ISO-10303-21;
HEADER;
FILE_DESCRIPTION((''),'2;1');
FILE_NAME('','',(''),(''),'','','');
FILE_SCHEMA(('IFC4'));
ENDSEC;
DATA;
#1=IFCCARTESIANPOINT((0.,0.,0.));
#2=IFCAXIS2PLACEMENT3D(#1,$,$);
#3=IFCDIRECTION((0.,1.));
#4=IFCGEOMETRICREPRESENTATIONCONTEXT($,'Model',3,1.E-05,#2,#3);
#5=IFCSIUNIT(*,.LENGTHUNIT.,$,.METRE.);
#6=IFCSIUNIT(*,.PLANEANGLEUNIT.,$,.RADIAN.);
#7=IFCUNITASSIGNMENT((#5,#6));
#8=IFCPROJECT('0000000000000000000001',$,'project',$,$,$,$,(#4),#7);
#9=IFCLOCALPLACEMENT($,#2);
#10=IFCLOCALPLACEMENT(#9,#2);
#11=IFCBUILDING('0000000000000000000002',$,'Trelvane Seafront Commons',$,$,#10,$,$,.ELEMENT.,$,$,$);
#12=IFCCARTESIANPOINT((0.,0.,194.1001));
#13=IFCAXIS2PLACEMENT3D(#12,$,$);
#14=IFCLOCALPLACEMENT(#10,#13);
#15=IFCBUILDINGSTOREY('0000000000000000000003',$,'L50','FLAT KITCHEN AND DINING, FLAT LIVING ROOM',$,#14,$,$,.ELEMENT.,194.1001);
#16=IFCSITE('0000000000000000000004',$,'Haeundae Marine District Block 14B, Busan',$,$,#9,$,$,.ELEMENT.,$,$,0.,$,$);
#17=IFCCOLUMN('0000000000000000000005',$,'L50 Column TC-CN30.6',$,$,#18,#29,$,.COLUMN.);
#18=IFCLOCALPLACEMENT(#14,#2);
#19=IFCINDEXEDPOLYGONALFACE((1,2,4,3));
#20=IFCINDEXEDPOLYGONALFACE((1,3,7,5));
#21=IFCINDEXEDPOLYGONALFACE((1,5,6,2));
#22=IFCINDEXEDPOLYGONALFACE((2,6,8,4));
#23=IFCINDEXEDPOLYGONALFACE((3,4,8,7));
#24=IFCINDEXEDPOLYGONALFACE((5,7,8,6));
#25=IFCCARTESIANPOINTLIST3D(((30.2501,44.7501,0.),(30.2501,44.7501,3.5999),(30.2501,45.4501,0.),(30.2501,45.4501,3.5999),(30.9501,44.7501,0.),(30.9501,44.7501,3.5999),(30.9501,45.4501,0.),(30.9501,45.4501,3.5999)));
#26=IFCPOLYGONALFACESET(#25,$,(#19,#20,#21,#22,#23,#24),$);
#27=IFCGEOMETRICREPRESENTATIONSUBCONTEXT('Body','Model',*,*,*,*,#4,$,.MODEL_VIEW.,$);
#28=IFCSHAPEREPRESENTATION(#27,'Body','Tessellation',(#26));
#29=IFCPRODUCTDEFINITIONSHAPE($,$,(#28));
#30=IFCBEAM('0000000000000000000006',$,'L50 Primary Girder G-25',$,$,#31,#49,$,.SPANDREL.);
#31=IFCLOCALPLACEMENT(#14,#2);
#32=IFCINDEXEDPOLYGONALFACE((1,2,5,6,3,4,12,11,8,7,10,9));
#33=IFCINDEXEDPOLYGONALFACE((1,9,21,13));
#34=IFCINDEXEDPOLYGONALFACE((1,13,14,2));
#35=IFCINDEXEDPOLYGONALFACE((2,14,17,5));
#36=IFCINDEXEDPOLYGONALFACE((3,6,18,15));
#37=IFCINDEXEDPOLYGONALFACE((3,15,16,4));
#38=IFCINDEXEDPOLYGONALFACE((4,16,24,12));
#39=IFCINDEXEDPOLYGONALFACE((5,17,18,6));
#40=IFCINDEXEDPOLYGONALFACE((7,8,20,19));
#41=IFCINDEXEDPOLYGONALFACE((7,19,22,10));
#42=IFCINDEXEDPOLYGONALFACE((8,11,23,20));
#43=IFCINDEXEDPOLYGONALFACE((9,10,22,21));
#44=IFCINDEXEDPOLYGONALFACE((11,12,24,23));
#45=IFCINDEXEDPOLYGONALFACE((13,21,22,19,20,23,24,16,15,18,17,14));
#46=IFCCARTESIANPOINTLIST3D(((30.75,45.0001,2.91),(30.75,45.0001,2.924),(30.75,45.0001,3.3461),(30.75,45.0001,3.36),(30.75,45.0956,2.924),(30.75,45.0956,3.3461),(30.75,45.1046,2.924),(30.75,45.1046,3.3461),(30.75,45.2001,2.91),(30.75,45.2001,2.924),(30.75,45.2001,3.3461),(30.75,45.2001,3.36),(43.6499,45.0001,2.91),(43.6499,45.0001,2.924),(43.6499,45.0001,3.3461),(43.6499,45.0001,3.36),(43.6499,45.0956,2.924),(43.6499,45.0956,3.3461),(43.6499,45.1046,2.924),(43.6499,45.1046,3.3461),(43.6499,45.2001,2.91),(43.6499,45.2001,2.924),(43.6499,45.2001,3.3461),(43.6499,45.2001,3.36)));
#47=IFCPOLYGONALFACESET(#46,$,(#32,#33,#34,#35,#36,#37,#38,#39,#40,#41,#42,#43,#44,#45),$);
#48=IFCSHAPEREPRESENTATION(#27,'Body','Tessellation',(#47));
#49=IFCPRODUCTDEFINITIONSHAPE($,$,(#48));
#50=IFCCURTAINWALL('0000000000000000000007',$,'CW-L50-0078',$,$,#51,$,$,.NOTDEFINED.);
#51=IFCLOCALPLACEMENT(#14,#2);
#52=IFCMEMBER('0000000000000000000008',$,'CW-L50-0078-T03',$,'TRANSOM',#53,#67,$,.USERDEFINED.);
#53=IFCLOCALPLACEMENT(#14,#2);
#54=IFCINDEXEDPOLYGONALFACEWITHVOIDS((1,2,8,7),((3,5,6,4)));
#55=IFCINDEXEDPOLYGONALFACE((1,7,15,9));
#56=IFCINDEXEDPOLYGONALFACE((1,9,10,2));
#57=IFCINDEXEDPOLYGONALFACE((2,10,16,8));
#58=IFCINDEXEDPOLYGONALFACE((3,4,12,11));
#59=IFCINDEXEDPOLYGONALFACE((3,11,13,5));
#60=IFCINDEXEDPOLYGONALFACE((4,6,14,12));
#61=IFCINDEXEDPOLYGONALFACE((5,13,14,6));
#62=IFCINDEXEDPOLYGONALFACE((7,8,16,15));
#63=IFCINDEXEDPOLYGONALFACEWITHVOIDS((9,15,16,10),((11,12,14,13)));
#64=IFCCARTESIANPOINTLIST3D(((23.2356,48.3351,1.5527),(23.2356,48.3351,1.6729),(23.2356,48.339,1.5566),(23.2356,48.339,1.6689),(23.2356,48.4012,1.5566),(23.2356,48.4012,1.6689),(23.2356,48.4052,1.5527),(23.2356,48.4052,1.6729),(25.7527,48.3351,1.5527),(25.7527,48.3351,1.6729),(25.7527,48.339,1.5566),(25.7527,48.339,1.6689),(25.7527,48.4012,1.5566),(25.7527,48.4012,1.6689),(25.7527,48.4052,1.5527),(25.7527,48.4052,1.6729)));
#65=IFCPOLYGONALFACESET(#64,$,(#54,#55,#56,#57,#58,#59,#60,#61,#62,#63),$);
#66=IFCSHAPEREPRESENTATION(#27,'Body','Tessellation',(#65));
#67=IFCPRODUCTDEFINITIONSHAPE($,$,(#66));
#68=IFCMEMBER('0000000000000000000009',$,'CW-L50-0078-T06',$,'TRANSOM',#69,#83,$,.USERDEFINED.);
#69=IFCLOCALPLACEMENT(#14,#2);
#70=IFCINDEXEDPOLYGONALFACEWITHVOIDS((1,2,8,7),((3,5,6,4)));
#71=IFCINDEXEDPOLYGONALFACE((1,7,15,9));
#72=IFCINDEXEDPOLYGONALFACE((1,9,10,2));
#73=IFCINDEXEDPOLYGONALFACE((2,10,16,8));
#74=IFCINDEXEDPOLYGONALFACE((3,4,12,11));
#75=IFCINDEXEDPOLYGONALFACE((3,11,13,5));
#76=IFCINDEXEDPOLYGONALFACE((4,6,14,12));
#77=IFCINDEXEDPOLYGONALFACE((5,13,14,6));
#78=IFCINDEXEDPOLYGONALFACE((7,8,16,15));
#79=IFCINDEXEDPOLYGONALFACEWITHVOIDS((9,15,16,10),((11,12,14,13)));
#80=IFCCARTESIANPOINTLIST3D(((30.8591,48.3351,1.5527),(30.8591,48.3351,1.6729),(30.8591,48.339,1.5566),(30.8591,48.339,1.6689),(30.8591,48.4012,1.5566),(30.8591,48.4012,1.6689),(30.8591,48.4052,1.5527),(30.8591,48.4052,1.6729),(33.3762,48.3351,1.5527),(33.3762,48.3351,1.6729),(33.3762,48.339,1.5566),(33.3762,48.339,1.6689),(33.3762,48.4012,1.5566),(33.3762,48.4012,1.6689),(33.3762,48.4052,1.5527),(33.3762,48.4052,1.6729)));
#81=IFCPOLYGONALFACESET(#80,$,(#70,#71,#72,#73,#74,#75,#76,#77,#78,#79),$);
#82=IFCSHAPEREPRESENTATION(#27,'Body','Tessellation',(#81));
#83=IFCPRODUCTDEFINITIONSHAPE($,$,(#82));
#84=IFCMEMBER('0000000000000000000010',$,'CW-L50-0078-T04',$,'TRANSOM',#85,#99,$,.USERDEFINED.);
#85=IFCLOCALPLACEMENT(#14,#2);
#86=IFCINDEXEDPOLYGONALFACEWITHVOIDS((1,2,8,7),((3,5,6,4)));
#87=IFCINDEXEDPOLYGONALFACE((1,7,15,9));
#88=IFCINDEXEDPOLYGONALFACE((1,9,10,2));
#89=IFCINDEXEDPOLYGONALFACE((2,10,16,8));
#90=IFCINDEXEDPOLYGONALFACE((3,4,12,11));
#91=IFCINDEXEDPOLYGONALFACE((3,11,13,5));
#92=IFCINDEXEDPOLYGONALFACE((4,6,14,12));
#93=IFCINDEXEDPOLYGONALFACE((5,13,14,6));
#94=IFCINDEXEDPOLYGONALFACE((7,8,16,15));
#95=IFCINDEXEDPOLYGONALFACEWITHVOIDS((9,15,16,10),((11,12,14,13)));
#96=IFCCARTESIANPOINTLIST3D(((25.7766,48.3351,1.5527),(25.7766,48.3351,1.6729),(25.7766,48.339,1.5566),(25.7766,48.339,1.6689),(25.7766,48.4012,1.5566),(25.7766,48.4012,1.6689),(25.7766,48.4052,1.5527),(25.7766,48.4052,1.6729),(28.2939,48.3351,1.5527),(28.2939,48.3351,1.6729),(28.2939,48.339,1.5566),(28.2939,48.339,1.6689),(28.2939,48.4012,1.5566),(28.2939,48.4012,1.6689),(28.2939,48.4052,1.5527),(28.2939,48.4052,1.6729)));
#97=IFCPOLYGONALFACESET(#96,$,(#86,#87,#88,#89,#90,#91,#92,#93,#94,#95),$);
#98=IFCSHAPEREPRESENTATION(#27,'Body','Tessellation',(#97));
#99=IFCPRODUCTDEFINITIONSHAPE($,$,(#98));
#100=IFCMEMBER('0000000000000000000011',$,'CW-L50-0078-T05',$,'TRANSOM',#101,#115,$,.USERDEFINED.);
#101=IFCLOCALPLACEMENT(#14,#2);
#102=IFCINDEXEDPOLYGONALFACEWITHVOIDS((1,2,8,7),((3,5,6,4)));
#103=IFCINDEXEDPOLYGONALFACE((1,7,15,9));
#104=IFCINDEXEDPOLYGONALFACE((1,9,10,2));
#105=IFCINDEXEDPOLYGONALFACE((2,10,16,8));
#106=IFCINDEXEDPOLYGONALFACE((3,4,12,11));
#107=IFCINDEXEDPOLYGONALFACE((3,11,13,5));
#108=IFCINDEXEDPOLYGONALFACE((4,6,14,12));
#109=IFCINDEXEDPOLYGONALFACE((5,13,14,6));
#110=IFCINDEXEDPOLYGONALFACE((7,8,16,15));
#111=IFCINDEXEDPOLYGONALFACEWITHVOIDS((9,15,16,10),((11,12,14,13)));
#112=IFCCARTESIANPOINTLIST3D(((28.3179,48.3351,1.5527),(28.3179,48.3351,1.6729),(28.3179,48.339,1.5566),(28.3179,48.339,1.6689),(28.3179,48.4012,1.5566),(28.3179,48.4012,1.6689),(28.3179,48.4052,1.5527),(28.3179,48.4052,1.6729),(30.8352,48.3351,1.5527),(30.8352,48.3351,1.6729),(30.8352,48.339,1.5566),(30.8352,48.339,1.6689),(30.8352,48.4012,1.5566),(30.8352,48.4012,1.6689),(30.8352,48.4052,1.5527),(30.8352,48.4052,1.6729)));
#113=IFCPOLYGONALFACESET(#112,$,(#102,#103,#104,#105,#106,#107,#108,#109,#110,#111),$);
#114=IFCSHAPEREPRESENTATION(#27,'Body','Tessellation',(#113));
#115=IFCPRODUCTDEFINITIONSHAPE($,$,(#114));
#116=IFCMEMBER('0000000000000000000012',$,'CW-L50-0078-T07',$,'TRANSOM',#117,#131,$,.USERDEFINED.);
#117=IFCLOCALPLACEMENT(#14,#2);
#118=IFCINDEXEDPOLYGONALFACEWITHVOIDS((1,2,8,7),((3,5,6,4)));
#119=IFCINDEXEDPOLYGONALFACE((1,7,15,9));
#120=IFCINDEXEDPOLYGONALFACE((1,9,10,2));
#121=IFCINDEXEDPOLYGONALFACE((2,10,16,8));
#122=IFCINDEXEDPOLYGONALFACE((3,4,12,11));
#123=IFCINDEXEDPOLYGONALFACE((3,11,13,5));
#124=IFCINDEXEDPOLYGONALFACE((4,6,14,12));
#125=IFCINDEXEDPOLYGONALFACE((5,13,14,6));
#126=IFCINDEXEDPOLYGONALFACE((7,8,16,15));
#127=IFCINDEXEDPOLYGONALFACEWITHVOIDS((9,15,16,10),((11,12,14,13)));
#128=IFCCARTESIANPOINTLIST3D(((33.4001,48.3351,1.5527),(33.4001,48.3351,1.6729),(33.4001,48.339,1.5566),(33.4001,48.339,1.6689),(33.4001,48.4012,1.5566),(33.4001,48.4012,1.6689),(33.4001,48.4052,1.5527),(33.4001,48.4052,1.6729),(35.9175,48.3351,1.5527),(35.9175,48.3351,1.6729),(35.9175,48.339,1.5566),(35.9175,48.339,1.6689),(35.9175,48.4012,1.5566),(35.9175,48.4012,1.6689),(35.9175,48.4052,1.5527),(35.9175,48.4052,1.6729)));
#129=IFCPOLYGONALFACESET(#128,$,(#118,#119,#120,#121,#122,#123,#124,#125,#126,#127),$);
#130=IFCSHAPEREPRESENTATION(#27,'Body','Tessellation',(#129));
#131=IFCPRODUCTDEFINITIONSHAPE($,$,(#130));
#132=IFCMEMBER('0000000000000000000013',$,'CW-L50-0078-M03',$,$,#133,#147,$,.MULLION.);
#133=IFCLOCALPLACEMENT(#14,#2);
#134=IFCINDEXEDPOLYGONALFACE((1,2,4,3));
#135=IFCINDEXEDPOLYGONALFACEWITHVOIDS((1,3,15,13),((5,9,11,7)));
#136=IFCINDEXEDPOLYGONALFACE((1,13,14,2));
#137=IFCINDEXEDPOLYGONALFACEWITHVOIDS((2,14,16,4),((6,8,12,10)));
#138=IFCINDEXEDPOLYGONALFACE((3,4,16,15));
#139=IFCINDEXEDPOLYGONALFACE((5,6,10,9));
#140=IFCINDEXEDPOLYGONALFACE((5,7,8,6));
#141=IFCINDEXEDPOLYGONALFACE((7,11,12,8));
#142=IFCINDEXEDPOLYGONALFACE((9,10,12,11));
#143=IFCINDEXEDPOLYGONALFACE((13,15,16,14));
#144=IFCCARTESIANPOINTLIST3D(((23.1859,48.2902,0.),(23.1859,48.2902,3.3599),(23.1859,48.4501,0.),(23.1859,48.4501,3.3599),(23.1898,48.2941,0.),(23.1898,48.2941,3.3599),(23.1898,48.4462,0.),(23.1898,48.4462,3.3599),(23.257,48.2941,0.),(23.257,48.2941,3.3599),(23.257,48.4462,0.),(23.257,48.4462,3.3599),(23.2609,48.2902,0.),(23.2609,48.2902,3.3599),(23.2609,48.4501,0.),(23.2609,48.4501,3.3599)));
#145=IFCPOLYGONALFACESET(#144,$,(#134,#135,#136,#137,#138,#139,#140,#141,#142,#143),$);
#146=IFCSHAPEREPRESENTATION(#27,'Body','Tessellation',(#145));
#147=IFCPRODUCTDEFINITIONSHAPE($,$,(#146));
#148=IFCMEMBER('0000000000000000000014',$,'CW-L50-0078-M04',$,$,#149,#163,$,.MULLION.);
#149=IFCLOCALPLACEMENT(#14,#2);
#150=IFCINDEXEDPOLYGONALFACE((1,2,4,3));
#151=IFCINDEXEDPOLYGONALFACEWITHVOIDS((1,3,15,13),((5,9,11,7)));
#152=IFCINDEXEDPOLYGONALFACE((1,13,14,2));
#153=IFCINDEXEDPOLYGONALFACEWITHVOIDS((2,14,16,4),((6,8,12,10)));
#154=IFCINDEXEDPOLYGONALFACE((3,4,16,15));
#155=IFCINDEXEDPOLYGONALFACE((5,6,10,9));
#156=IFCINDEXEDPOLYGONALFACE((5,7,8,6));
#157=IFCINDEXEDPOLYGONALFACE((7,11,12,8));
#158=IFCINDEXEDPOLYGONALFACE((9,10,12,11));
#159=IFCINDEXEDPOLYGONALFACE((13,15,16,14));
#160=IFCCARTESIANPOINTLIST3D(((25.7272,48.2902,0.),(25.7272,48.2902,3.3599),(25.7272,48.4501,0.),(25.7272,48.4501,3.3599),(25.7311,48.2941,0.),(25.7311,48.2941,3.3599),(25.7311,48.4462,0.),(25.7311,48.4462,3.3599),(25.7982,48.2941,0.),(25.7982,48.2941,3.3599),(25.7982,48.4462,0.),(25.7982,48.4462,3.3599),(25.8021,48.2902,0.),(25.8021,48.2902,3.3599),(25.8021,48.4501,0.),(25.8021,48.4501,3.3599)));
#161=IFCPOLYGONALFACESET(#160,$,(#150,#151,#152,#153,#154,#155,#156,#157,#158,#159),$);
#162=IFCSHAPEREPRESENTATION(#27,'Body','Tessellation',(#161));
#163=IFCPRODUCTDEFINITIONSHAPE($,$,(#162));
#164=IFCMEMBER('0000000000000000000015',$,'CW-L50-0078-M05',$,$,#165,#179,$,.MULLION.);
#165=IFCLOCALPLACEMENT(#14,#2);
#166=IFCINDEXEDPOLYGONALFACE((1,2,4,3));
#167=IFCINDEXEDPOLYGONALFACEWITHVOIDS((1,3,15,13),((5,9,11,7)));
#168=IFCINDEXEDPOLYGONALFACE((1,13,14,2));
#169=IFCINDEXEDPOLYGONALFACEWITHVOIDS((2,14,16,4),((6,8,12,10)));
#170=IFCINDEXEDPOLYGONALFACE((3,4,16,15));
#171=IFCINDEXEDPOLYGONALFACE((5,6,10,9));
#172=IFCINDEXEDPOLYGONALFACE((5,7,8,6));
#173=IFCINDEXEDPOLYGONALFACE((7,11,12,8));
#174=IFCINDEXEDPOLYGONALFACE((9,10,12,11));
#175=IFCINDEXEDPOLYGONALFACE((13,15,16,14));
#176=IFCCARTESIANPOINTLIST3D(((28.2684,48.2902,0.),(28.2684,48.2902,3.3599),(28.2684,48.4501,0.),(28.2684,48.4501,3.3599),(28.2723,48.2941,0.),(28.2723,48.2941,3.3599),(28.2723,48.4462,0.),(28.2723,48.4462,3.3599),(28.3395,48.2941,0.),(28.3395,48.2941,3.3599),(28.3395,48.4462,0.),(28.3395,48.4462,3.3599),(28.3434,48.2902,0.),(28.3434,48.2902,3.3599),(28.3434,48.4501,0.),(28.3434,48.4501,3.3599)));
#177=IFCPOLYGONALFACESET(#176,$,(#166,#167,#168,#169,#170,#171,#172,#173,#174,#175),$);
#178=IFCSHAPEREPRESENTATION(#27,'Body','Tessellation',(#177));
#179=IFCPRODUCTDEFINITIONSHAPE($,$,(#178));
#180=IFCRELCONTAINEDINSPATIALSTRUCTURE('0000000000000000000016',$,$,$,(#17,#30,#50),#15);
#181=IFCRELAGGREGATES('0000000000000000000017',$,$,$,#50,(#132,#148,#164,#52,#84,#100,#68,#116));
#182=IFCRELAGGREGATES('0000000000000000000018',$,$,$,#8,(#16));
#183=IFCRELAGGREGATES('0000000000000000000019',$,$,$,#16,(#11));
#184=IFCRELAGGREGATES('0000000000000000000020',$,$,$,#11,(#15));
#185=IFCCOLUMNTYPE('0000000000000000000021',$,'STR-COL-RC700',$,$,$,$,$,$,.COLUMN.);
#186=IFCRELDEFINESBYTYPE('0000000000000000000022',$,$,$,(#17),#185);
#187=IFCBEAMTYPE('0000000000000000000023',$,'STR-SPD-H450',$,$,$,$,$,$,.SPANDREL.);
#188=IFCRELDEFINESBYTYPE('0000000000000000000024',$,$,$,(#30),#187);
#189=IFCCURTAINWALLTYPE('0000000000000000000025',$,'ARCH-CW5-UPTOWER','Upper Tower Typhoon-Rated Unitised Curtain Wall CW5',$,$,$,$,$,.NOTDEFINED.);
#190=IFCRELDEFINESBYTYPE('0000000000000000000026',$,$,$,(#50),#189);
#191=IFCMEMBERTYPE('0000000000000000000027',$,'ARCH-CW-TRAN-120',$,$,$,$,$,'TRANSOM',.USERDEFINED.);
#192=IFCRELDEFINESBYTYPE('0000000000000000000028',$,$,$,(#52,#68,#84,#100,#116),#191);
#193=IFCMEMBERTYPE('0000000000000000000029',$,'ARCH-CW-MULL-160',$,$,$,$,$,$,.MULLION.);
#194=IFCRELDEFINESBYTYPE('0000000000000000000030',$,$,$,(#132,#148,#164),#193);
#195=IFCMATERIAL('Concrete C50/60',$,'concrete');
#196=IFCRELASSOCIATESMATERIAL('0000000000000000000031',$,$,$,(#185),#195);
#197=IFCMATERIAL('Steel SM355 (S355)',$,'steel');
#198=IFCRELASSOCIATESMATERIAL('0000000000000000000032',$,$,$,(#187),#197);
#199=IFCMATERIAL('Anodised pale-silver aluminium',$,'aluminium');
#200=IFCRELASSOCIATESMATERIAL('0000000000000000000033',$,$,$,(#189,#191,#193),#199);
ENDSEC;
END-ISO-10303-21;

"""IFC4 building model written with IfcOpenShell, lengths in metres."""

from ifc_helpers import new_model, si_unit, direction, frame, origin, origin_2d, place, context, subcontext, project, spatial, rectangle, hollow_rectangle, i_section, extrude, source, transform, mapped, material, material_profile, profile_set, type_object, element, aggregate, save


model = new_model("IFC4")

# Units and contexts
model_context = context("Model", 3, precision=1e-05, world=origin(), true_north=direction((0.0, 1.0)))
body_context = subcontext(model_context, "Body", "Model", "MODEL_VIEW")
ifc_project = project(units=[si_unit("LENGTHUNIT", "METRE"), si_unit("PLANEANGLEUNIT", "RADIAN")], contexts=[model_context])

# Site, building, storey
site_placement = place(None, origin())
site = spatial("IfcSite", under=ifc_project, at=site_placement, Name="Haeundae Marine District Block 14B, Busan", CompositionType="ELEMENT", RefElevation=0.0)
building_placement = place(site_placement, origin())
building = spatial("IfcBuilding", under=site, at=building_placement, Name="Trelvane Seafront Commons", CompositionType="ELEMENT")
storey_placement = place(building_placement, frame((0.0, 0.0, 194.1001)))
storey = spatial("IfcBuildingStorey", under=building, at=storey_placement, Name="L50", Description="FLAT KITCHEN AND DINING, FLAT LIVING ROOM", CompositionType="ELEMENT", Elevation=194.1001)

# Column
ifc_material_1 = material(Name="Concrete C50/60", Category="concrete")
ifc_material_profile_1 = material_profile(ifc_material_1, rectangle(XDim=0.7, YDim=0.7, at=origin_2d()), Name="RC-700x700")
ifc_profile_set_1 = profile_set([ifc_material_profile_1], Name="Concrete C50/60")
column_type = type_object("IfcColumnType", Name="STR-COL-RC700", PredefinedType="COLUMN", material=ifc_profile_set_1)
shared_shape_1 = source(origin(), body_context, "Body", "SweptSolid", [
    extrude(rectangle(XDim=0.7, YDim=0.7, at=origin_2d()), origin(), (0.0, 0.0, 1.0), 3.5999),
])
column_placement = place(storey_placement, frame((30.6001, 45.1001, 0.0), z_axis=(0.0, 0.0, 1.0), x_axis=(1.0, 0.0, 0.0)))
element("IfcColumn", 1, at=column_placement, inside=storey, type_object=column_type, Name="L50 Column TC-CN30.6", PredefinedType="COLUMN", context=body_context, shape_type="MappedRepresentation", body=[
    mapped(shared_shape_1, transform((0.0, 0.0, 0.0), x_axis=(1.0, 0.0, 0.0), y_axis=(0.0, 1.0, 0.0), z_axis=(0.0, 0.0, 1.0), scale=1.0)),
])

# Beam
ifc_material_2 = material(Name="Steel SM355 (S355)", Category="steel")
ifc_material_profile_2 = material_profile(ifc_material_2, i_section(OverallWidth=0.2, OverallDepth=0.45, WebThickness=0.009, FlangeThickness=0.0139, at=origin_2d()), Name="H-450x200x9x14")
ifc_profile_set_2 = profile_set([ifc_material_profile_2], Name="Steel SM355 (S355)")
beam_type = type_object("IfcBeamType", Name="STR-SPD-H450", PredefinedType="SPANDREL", material=ifc_profile_set_2)
shared_shape_2 = source(origin(), body_context, "Body", "SweptSolid", [
    extrude(i_section(OverallWidth=0.2, OverallDepth=0.45, WebThickness=0.009, FlangeThickness=0.0139, at=origin_2d()), origin(), (0.0, 0.0, 1.0), 12.8999),
])
beam_placement = place(storey_placement, frame((30.75, 45.1001, 3.135), z_axis=(1.0, 0.0, 0.0), x_axis=(0.0, 1.0, 0.0)))
element("IfcBeam", 2, at=beam_placement, inside=storey, type_object=beam_type, Name="L50 Primary Girder G-25", PredefinedType="SPANDREL", context=body_context, shape_type="MappedRepresentation", body=[
    mapped(shared_shape_2, transform((0.0, 0.0, 0.0), x_axis=(1.0, 0.0, 0.0), y_axis=(0.0, 1.0, 0.0), z_axis=(0.0, 0.0, 1.0), scale=1.0)),
])

# Curtain wall, members
ifc_material_3 = material(Name="Anodised pale-silver aluminium", Category="aluminium")
curtain_wall_type = type_object("IfcCurtainWallType", Name="ARCH-CW5-UPTOWER", Description="Upper Tower Typhoon-Rated Unitised Curtain Wall CW5", PredefinedType="NOTDEFINED", material=ifc_material_3)
curtain_wall_placement = place(storey_placement, origin())
curtain_wall = element("IfcCurtainWall", 3, at=curtain_wall_placement, inside=storey, type_object=curtain_wall_type, Name="CW-L50-0078", PredefinedType="NOTDEFINED")
ifc_material_profile_3 = material_profile(ifc_material_3, hollow_rectangle(XDim=0.0701, YDim=0.1201, WallThickness=0.0039, at=origin_2d()), Name="TRAN-70x120x4")
ifc_profile_set_3 = profile_set([ifc_material_profile_3], Name="Anodised pale-silver aluminium")
member_type_1 = type_object("IfcMemberType", Name="ARCH-CW-TRAN-120", ElementType="TRANSOM", PredefinedType="USERDEFINED", material=ifc_profile_set_3)
shared_shape_3 = source(origin(), body_context, "Body", "SweptSolid", [
    extrude(hollow_rectangle(XDim=0.0701, YDim=0.1201, WallThickness=0.0039, at=origin_2d()), origin(), (0.0, 0.0, 1.0), 2.5171),
])
member_1_placement = place(storey_placement, frame((23.2356, 48.3701, 1.6128), z_axis=(1.0, 0.0, 0.0), x_axis=(0.0, 1.0, 0.0)))
member_1 = element("IfcMember", 4, at=member_1_placement, type_object=member_type_1, Name="CW-L50-0078-T03", ObjectType="TRANSOM", PredefinedType="USERDEFINED", context=body_context, shape_type="MappedRepresentation", body=[
    mapped(shared_shape_3, transform((0.0, 0.0, 0.0), x_axis=(1.0, 0.0, 0.0), y_axis=(0.0, 1.0, 0.0), z_axis=(0.0, 0.0, 1.0), scale=1.0)),
])
member_2_placement = place(storey_placement, frame((30.8591, 48.3701, 1.6128), z_axis=(1.0, 0.0, 0.0), x_axis=(0.0, 1.0, 0.0)))
member_2 = element("IfcMember", 5, at=member_2_placement, type_object=member_type_1, Name="CW-L50-0078-T06", ObjectType="TRANSOM", PredefinedType="USERDEFINED", context=body_context, shape_type="MappedRepresentation", body=[
    mapped(shared_shape_3, transform((0.0, 0.0, 0.0), x_axis=(1.0, 0.0, 0.0), y_axis=(0.0, 1.0, 0.0), z_axis=(0.0, 0.0, 1.0), scale=1.0)),
])
shared_shape_4 = source(origin(), body_context, "Body", "SweptSolid", [
    extrude(hollow_rectangle(XDim=0.0701, YDim=0.1201, WallThickness=0.0039, at=origin_2d()), origin(), (0.0, 0.0, 1.0), 2.5173),
])
member_3_placement = place(storey_placement, frame((25.7766, 48.3701, 1.6128), z_axis=(1.0, 0.0, 0.0), x_axis=(0.0, 1.0, 0.0)))
member_3 = element("IfcMember", 6, at=member_3_placement, type_object=member_type_1, Name="CW-L50-0078-T04", ObjectType="TRANSOM", PredefinedType="USERDEFINED", context=body_context, shape_type="MappedRepresentation", body=[
    mapped(shared_shape_4, transform((0.0, 0.0, 0.0), x_axis=(1.0, 0.0, 0.0), y_axis=(0.0, 1.0, 0.0), z_axis=(0.0, 0.0, 1.0), scale=1.0)),
])
member_4_placement = place(storey_placement, frame((28.3179, 48.3701, 1.6128), z_axis=(1.0, 0.0, 0.0), x_axis=(0.0, 1.0, 0.0)))
member_4 = element("IfcMember", 7, at=member_4_placement, type_object=member_type_1, Name="CW-L50-0078-T05", ObjectType="TRANSOM", PredefinedType="USERDEFINED", context=body_context, shape_type="MappedRepresentation", body=[
    mapped(shared_shape_4, transform((0.0, 0.0, 0.0), x_axis=(1.0, 0.0, 0.0), y_axis=(0.0, 1.0, 0.0), z_axis=(0.0, 0.0, 1.0), scale=1.0)),
])
member_5_placement = place(storey_placement, frame((33.4001, 48.3701, 1.6128), z_axis=(1.0, 0.0, 0.0), x_axis=(0.0, 1.0, 0.0)))
member_5 = element("IfcMember", 8, at=member_5_placement, type_object=member_type_1, Name="CW-L50-0078-T07", ObjectType="TRANSOM", PredefinedType="USERDEFINED", context=body_context, shape_type="MappedRepresentation", body=[
    mapped(shared_shape_4, transform((0.0, 0.0, 0.0), x_axis=(1.0, 0.0, 0.0), y_axis=(0.0, 1.0, 0.0), z_axis=(0.0, 0.0, 1.0), scale=1.0)),
])
ifc_material_profile_4 = material_profile(ifc_material_3, hollow_rectangle(XDim=0.075, YDim=0.1599, WallThickness=0.0039, at=origin_2d()), Name="MULL-75x160x4")
ifc_profile_set_4 = profile_set([ifc_material_profile_4], Name="Anodised pale-silver aluminium")
member_type_2 = type_object("IfcMemberType", Name="ARCH-CW-MULL-160", PredefinedType="MULLION", material=ifc_profile_set_4)
shared_shape_5 = source(origin(), body_context, "Body", "SweptSolid", [
    extrude(hollow_rectangle(XDim=0.075, YDim=0.1599, WallThickness=0.0039, at=origin_2d()), origin(), (0.0, 0.0, 1.0), 3.3599),
])
member_6_placement = place(storey_placement, frame((23.2234, 48.3701, 0.0), z_axis=(0.0, 0.0, 1.0), x_axis=(1.0, 0.0, 0.0)))
member_6 = element("IfcMember", 9, at=member_6_placement, type_object=member_type_2, Name="CW-L50-0078-M03", PredefinedType="MULLION", context=body_context, shape_type="MappedRepresentation", body=[
    mapped(shared_shape_5, transform((0.0, 0.0, 0.0), x_axis=(1.0, 0.0, 0.0), y_axis=(0.0, 1.0, 0.0), z_axis=(0.0, 0.0, 1.0), scale=1.0)),
])
member_7_placement = place(storey_placement, frame((25.7646, 48.3701, 0.0), z_axis=(0.0, 0.0, 1.0), x_axis=(1.0, 0.0, 0.0)))
member_7 = element("IfcMember", 10, at=member_7_placement, type_object=member_type_2, Name="CW-L50-0078-M04", PredefinedType="MULLION", context=body_context, shape_type="MappedRepresentation", body=[
    mapped(shared_shape_5, transform((0.0, 0.0, 0.0), x_axis=(1.0, 0.0, 0.0), y_axis=(0.0, 1.0, 0.0), z_axis=(0.0, 0.0, 1.0), scale=1.0)),
])
member_8_placement = place(storey_placement, frame((28.3059, 48.3701, 0.0), z_axis=(0.0, 0.0, 1.0), x_axis=(1.0, 0.0, 0.0)))
member_8 = element("IfcMember", 11, at=member_8_placement, type_object=member_type_2, Name="CW-L50-0078-M05", PredefinedType="MULLION", context=body_context, shape_type="MappedRepresentation", body=[
    mapped(shared_shape_5, transform((0.0, 0.0, 0.0), x_axis=(1.0, 0.0, 0.0), y_axis=(0.0, 1.0, 0.0), z_axis=(0.0, 0.0, 1.0), scale=1.0)),
])

aggregate(curtain_wall, [member_6, member_7, member_8, member_1, member_3, member_4, member_2, member_5])

save(model, "model.ifc")
